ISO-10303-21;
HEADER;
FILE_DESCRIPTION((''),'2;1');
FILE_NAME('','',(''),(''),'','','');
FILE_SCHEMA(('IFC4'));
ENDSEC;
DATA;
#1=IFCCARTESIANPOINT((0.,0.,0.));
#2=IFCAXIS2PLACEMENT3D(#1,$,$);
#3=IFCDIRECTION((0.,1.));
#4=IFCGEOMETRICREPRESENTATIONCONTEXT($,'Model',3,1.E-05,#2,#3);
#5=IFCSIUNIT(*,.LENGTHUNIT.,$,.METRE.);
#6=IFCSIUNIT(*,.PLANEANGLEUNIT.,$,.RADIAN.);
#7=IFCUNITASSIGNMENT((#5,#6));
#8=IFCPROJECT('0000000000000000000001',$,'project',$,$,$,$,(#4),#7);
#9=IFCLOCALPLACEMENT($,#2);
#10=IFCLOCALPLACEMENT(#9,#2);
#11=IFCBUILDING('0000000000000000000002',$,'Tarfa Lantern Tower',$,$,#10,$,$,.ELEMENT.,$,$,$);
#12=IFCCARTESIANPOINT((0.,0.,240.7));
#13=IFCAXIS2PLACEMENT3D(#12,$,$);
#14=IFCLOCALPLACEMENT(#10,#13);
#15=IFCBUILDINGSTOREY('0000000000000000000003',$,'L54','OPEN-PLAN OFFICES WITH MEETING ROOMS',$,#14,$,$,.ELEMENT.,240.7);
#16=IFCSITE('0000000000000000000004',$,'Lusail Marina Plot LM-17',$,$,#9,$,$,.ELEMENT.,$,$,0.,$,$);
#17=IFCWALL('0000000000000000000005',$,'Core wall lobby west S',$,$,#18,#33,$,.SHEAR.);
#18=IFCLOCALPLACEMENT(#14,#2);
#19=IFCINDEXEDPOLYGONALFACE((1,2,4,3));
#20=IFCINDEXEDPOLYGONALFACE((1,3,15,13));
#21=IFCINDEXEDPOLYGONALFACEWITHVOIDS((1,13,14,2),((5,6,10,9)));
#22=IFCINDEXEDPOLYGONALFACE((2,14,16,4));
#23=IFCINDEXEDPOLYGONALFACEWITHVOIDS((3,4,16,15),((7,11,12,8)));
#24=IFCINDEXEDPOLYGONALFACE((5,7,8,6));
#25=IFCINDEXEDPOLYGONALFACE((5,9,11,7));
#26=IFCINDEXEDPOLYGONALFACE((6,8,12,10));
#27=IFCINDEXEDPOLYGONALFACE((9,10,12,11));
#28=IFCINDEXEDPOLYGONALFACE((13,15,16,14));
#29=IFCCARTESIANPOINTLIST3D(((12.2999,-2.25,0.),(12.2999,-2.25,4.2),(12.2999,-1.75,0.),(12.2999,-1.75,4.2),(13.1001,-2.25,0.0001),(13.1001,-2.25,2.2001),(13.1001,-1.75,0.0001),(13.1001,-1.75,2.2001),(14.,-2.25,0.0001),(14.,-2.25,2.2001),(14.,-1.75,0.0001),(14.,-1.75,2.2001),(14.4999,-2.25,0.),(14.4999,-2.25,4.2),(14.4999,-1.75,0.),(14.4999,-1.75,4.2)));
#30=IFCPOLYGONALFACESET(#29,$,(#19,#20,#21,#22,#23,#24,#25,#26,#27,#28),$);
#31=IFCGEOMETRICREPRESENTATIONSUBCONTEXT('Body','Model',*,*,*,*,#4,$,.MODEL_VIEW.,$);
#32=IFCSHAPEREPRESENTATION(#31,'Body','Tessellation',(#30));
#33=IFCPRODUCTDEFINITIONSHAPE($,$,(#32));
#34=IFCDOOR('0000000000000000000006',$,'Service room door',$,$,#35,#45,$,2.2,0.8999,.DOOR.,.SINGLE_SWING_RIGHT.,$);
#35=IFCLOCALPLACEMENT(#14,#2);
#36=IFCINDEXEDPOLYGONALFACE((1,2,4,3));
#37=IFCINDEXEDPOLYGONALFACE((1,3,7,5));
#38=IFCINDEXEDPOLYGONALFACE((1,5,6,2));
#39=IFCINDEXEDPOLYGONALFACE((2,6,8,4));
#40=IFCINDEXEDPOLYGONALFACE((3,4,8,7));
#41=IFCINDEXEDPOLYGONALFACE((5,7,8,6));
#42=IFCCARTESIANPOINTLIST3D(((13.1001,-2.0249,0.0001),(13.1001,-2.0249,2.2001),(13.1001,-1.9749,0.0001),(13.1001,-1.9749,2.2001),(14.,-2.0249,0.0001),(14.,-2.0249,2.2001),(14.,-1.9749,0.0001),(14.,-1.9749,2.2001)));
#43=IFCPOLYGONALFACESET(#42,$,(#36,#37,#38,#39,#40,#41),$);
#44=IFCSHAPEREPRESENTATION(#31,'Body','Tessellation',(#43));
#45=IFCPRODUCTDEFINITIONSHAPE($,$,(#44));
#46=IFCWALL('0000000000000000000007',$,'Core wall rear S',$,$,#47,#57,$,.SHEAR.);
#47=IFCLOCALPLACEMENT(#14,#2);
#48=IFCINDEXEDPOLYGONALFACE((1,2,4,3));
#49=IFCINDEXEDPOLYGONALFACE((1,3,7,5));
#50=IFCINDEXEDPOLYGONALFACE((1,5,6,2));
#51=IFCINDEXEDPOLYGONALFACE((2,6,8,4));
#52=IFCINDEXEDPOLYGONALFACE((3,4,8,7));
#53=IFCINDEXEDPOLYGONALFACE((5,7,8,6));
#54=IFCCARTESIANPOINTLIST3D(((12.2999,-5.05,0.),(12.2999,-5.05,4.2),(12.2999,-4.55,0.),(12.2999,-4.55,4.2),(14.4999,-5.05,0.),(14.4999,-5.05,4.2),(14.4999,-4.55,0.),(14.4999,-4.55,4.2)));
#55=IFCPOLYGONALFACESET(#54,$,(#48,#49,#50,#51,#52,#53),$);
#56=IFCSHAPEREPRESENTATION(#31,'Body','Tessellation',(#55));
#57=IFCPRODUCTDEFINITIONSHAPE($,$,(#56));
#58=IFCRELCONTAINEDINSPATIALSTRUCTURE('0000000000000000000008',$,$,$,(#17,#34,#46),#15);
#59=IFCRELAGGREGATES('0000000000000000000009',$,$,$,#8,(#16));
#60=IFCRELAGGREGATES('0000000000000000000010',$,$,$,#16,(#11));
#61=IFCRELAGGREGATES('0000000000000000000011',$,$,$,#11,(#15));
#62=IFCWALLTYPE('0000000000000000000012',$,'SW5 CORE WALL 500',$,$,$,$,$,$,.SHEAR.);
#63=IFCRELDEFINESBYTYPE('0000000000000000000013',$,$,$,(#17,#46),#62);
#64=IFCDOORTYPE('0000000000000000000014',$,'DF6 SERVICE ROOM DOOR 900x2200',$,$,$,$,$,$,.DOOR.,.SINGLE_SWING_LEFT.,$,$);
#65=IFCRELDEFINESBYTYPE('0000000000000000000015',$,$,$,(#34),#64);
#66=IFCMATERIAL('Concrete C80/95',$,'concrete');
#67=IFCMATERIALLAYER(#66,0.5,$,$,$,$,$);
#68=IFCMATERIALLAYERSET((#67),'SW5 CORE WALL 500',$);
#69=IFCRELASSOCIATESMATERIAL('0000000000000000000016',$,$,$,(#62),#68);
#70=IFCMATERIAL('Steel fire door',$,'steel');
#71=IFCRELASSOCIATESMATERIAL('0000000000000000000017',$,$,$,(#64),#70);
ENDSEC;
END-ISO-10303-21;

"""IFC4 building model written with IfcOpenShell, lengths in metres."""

from ifc_helpers import new_model, si_unit, direction, frame, frame_2d, origin, place, context, subcontext, project, spatial, rectangle, extrude, material, layer, layer_set, type_object, element, fill, save


model = new_model("IFC4")

# Units and contexts
model_context = context("Model", 3, precision=1e-05, world=origin(), true_north=direction((0.0, 1.0)))
body_context = subcontext(model_context, "Body", "Model", "MODEL_VIEW")
ifc_project = project(units=[si_unit("LENGTHUNIT", "METRE"), si_unit("PLANEANGLEUNIT", "RADIAN")], contexts=[model_context])

# Site, building, storey
site_placement = place(None, origin())
site = spatial("IfcSite", under=ifc_project, at=site_placement, Name="Lusail Marina Plot LM-17", CompositionType="ELEMENT", RefElevation=0.0)
building_placement = place(site_placement, origin())
building = spatial("IfcBuilding", under=site, at=building_placement, Name="Tarfa Lantern Tower", CompositionType="ELEMENT")
storey_placement = place(building_placement, frame((0.0, 0.0, 240.7)))
storey = spatial("IfcBuildingStorey", under=building, at=storey_placement, Name="L54", Description="OPEN-PLAN OFFICES WITH MEETING ROOMS", CompositionType="ELEMENT", Elevation=240.7)

# Shared definitions
ifc_material_1 = material(Name="Concrete C80/95", Category="concrete")

# Wall, opening, door
ifc_material_2 = material(Name="Steel fire door", Category="steel")
ifc_layer_1 = layer(ifc_material_1, 0.5)
ifc_layer_set_1 = layer_set([ifc_layer_1], Name="SW5 CORE WALL 500")
wall_type_1 = type_object("IfcWallType", Name="SW5 CORE WALL 500", PredefinedType="SHEAR", material=ifc_layer_set_1)
wall_1_placement = place(storey_placement, frame((14.5, -2.0, 0.0), z_axis=(0.0, 0.0, 1.0), x_axis=(-1.0, 0.0, 0.0)))
wall_1 = element("IfcWall", 1, at=wall_1_placement, inside=storey, type_object=wall_type_1, Name="Core wall lobby west S", PredefinedType="SHEAR", context=body_context, shape_type="SweptSolid", body=[
    extrude(rectangle(XDim=2.2, YDim=0.5, at=frame_2d((1.1001, 0.0))), origin(), (0.0, 0.0, 1.0), 4.2),
])
opening_1_placement = place(wall_1_placement, frame((0.5, 0.0, 0.0)))
opening_1 = element("IfcOpeningElement", 2, at=opening_1_placement, cuts=wall_1, PredefinedType="OPENING", context=body_context, shape_type="SweptSolid", body=[
    extrude(rectangle(XDim=0.8999, YDim=2.2, at=frame_2d((0.45, 1.1001))), frame((0.0, 0.26, 0.0), z_axis=(0.0, -1.0, 0.0), x_axis=(1.0, 0.0, 0.0)), (0.0, 0.0, 1.0), 0.52),
])
door_type_1 = type_object("IfcDoorType", Name="DF6 SERVICE ROOM DOOR 900x2200", OperationType="SINGLE_SWING_LEFT", PredefinedType="DOOR", material=ifc_material_2)
door_1_placement = place(opening_1_placement, origin())
door_1 = element("IfcDoor", 3, at=door_1_placement, inside=storey, type_object=door_type_1, Name="Service room door", OperationType="SINGLE_SWING_RIGHT", OverallHeight=2.2, OverallWidth=0.8999, PredefinedType="DOOR", context=body_context, shape_type="SweptSolid", body=[
    extrude(rectangle(XDim=0.8999, YDim=2.2, at=frame_2d((0.45, 1.1001))), frame((0.0, 0.0249, 0.0), z_axis=(0.0, -1.0, 0.0), x_axis=(1.0, 0.0, 0.0)), (0.0, 0.0, 1.0), 0.05),
])
fill(opening_1, door_1)

# Wall
wall_2_placement = place(storey_placement, frame((14.5, -4.8, 0.0), z_axis=(0.0, 0.0, 1.0), x_axis=(-1.0, 0.0, 0.0)))
element("IfcWall", 4, at=wall_2_placement, inside=storey, type_object=wall_type_1, Name="Core wall rear S", PredefinedType="SHEAR", context=body_context, shape_type="SweptSolid", body=[
    extrude(rectangle(XDim=2.2, YDim=0.5, at=frame_2d((1.1001, 0.0))), origin(), (0.0, 0.0, 1.0), 4.2),
])

save(model, "model.ifc")
